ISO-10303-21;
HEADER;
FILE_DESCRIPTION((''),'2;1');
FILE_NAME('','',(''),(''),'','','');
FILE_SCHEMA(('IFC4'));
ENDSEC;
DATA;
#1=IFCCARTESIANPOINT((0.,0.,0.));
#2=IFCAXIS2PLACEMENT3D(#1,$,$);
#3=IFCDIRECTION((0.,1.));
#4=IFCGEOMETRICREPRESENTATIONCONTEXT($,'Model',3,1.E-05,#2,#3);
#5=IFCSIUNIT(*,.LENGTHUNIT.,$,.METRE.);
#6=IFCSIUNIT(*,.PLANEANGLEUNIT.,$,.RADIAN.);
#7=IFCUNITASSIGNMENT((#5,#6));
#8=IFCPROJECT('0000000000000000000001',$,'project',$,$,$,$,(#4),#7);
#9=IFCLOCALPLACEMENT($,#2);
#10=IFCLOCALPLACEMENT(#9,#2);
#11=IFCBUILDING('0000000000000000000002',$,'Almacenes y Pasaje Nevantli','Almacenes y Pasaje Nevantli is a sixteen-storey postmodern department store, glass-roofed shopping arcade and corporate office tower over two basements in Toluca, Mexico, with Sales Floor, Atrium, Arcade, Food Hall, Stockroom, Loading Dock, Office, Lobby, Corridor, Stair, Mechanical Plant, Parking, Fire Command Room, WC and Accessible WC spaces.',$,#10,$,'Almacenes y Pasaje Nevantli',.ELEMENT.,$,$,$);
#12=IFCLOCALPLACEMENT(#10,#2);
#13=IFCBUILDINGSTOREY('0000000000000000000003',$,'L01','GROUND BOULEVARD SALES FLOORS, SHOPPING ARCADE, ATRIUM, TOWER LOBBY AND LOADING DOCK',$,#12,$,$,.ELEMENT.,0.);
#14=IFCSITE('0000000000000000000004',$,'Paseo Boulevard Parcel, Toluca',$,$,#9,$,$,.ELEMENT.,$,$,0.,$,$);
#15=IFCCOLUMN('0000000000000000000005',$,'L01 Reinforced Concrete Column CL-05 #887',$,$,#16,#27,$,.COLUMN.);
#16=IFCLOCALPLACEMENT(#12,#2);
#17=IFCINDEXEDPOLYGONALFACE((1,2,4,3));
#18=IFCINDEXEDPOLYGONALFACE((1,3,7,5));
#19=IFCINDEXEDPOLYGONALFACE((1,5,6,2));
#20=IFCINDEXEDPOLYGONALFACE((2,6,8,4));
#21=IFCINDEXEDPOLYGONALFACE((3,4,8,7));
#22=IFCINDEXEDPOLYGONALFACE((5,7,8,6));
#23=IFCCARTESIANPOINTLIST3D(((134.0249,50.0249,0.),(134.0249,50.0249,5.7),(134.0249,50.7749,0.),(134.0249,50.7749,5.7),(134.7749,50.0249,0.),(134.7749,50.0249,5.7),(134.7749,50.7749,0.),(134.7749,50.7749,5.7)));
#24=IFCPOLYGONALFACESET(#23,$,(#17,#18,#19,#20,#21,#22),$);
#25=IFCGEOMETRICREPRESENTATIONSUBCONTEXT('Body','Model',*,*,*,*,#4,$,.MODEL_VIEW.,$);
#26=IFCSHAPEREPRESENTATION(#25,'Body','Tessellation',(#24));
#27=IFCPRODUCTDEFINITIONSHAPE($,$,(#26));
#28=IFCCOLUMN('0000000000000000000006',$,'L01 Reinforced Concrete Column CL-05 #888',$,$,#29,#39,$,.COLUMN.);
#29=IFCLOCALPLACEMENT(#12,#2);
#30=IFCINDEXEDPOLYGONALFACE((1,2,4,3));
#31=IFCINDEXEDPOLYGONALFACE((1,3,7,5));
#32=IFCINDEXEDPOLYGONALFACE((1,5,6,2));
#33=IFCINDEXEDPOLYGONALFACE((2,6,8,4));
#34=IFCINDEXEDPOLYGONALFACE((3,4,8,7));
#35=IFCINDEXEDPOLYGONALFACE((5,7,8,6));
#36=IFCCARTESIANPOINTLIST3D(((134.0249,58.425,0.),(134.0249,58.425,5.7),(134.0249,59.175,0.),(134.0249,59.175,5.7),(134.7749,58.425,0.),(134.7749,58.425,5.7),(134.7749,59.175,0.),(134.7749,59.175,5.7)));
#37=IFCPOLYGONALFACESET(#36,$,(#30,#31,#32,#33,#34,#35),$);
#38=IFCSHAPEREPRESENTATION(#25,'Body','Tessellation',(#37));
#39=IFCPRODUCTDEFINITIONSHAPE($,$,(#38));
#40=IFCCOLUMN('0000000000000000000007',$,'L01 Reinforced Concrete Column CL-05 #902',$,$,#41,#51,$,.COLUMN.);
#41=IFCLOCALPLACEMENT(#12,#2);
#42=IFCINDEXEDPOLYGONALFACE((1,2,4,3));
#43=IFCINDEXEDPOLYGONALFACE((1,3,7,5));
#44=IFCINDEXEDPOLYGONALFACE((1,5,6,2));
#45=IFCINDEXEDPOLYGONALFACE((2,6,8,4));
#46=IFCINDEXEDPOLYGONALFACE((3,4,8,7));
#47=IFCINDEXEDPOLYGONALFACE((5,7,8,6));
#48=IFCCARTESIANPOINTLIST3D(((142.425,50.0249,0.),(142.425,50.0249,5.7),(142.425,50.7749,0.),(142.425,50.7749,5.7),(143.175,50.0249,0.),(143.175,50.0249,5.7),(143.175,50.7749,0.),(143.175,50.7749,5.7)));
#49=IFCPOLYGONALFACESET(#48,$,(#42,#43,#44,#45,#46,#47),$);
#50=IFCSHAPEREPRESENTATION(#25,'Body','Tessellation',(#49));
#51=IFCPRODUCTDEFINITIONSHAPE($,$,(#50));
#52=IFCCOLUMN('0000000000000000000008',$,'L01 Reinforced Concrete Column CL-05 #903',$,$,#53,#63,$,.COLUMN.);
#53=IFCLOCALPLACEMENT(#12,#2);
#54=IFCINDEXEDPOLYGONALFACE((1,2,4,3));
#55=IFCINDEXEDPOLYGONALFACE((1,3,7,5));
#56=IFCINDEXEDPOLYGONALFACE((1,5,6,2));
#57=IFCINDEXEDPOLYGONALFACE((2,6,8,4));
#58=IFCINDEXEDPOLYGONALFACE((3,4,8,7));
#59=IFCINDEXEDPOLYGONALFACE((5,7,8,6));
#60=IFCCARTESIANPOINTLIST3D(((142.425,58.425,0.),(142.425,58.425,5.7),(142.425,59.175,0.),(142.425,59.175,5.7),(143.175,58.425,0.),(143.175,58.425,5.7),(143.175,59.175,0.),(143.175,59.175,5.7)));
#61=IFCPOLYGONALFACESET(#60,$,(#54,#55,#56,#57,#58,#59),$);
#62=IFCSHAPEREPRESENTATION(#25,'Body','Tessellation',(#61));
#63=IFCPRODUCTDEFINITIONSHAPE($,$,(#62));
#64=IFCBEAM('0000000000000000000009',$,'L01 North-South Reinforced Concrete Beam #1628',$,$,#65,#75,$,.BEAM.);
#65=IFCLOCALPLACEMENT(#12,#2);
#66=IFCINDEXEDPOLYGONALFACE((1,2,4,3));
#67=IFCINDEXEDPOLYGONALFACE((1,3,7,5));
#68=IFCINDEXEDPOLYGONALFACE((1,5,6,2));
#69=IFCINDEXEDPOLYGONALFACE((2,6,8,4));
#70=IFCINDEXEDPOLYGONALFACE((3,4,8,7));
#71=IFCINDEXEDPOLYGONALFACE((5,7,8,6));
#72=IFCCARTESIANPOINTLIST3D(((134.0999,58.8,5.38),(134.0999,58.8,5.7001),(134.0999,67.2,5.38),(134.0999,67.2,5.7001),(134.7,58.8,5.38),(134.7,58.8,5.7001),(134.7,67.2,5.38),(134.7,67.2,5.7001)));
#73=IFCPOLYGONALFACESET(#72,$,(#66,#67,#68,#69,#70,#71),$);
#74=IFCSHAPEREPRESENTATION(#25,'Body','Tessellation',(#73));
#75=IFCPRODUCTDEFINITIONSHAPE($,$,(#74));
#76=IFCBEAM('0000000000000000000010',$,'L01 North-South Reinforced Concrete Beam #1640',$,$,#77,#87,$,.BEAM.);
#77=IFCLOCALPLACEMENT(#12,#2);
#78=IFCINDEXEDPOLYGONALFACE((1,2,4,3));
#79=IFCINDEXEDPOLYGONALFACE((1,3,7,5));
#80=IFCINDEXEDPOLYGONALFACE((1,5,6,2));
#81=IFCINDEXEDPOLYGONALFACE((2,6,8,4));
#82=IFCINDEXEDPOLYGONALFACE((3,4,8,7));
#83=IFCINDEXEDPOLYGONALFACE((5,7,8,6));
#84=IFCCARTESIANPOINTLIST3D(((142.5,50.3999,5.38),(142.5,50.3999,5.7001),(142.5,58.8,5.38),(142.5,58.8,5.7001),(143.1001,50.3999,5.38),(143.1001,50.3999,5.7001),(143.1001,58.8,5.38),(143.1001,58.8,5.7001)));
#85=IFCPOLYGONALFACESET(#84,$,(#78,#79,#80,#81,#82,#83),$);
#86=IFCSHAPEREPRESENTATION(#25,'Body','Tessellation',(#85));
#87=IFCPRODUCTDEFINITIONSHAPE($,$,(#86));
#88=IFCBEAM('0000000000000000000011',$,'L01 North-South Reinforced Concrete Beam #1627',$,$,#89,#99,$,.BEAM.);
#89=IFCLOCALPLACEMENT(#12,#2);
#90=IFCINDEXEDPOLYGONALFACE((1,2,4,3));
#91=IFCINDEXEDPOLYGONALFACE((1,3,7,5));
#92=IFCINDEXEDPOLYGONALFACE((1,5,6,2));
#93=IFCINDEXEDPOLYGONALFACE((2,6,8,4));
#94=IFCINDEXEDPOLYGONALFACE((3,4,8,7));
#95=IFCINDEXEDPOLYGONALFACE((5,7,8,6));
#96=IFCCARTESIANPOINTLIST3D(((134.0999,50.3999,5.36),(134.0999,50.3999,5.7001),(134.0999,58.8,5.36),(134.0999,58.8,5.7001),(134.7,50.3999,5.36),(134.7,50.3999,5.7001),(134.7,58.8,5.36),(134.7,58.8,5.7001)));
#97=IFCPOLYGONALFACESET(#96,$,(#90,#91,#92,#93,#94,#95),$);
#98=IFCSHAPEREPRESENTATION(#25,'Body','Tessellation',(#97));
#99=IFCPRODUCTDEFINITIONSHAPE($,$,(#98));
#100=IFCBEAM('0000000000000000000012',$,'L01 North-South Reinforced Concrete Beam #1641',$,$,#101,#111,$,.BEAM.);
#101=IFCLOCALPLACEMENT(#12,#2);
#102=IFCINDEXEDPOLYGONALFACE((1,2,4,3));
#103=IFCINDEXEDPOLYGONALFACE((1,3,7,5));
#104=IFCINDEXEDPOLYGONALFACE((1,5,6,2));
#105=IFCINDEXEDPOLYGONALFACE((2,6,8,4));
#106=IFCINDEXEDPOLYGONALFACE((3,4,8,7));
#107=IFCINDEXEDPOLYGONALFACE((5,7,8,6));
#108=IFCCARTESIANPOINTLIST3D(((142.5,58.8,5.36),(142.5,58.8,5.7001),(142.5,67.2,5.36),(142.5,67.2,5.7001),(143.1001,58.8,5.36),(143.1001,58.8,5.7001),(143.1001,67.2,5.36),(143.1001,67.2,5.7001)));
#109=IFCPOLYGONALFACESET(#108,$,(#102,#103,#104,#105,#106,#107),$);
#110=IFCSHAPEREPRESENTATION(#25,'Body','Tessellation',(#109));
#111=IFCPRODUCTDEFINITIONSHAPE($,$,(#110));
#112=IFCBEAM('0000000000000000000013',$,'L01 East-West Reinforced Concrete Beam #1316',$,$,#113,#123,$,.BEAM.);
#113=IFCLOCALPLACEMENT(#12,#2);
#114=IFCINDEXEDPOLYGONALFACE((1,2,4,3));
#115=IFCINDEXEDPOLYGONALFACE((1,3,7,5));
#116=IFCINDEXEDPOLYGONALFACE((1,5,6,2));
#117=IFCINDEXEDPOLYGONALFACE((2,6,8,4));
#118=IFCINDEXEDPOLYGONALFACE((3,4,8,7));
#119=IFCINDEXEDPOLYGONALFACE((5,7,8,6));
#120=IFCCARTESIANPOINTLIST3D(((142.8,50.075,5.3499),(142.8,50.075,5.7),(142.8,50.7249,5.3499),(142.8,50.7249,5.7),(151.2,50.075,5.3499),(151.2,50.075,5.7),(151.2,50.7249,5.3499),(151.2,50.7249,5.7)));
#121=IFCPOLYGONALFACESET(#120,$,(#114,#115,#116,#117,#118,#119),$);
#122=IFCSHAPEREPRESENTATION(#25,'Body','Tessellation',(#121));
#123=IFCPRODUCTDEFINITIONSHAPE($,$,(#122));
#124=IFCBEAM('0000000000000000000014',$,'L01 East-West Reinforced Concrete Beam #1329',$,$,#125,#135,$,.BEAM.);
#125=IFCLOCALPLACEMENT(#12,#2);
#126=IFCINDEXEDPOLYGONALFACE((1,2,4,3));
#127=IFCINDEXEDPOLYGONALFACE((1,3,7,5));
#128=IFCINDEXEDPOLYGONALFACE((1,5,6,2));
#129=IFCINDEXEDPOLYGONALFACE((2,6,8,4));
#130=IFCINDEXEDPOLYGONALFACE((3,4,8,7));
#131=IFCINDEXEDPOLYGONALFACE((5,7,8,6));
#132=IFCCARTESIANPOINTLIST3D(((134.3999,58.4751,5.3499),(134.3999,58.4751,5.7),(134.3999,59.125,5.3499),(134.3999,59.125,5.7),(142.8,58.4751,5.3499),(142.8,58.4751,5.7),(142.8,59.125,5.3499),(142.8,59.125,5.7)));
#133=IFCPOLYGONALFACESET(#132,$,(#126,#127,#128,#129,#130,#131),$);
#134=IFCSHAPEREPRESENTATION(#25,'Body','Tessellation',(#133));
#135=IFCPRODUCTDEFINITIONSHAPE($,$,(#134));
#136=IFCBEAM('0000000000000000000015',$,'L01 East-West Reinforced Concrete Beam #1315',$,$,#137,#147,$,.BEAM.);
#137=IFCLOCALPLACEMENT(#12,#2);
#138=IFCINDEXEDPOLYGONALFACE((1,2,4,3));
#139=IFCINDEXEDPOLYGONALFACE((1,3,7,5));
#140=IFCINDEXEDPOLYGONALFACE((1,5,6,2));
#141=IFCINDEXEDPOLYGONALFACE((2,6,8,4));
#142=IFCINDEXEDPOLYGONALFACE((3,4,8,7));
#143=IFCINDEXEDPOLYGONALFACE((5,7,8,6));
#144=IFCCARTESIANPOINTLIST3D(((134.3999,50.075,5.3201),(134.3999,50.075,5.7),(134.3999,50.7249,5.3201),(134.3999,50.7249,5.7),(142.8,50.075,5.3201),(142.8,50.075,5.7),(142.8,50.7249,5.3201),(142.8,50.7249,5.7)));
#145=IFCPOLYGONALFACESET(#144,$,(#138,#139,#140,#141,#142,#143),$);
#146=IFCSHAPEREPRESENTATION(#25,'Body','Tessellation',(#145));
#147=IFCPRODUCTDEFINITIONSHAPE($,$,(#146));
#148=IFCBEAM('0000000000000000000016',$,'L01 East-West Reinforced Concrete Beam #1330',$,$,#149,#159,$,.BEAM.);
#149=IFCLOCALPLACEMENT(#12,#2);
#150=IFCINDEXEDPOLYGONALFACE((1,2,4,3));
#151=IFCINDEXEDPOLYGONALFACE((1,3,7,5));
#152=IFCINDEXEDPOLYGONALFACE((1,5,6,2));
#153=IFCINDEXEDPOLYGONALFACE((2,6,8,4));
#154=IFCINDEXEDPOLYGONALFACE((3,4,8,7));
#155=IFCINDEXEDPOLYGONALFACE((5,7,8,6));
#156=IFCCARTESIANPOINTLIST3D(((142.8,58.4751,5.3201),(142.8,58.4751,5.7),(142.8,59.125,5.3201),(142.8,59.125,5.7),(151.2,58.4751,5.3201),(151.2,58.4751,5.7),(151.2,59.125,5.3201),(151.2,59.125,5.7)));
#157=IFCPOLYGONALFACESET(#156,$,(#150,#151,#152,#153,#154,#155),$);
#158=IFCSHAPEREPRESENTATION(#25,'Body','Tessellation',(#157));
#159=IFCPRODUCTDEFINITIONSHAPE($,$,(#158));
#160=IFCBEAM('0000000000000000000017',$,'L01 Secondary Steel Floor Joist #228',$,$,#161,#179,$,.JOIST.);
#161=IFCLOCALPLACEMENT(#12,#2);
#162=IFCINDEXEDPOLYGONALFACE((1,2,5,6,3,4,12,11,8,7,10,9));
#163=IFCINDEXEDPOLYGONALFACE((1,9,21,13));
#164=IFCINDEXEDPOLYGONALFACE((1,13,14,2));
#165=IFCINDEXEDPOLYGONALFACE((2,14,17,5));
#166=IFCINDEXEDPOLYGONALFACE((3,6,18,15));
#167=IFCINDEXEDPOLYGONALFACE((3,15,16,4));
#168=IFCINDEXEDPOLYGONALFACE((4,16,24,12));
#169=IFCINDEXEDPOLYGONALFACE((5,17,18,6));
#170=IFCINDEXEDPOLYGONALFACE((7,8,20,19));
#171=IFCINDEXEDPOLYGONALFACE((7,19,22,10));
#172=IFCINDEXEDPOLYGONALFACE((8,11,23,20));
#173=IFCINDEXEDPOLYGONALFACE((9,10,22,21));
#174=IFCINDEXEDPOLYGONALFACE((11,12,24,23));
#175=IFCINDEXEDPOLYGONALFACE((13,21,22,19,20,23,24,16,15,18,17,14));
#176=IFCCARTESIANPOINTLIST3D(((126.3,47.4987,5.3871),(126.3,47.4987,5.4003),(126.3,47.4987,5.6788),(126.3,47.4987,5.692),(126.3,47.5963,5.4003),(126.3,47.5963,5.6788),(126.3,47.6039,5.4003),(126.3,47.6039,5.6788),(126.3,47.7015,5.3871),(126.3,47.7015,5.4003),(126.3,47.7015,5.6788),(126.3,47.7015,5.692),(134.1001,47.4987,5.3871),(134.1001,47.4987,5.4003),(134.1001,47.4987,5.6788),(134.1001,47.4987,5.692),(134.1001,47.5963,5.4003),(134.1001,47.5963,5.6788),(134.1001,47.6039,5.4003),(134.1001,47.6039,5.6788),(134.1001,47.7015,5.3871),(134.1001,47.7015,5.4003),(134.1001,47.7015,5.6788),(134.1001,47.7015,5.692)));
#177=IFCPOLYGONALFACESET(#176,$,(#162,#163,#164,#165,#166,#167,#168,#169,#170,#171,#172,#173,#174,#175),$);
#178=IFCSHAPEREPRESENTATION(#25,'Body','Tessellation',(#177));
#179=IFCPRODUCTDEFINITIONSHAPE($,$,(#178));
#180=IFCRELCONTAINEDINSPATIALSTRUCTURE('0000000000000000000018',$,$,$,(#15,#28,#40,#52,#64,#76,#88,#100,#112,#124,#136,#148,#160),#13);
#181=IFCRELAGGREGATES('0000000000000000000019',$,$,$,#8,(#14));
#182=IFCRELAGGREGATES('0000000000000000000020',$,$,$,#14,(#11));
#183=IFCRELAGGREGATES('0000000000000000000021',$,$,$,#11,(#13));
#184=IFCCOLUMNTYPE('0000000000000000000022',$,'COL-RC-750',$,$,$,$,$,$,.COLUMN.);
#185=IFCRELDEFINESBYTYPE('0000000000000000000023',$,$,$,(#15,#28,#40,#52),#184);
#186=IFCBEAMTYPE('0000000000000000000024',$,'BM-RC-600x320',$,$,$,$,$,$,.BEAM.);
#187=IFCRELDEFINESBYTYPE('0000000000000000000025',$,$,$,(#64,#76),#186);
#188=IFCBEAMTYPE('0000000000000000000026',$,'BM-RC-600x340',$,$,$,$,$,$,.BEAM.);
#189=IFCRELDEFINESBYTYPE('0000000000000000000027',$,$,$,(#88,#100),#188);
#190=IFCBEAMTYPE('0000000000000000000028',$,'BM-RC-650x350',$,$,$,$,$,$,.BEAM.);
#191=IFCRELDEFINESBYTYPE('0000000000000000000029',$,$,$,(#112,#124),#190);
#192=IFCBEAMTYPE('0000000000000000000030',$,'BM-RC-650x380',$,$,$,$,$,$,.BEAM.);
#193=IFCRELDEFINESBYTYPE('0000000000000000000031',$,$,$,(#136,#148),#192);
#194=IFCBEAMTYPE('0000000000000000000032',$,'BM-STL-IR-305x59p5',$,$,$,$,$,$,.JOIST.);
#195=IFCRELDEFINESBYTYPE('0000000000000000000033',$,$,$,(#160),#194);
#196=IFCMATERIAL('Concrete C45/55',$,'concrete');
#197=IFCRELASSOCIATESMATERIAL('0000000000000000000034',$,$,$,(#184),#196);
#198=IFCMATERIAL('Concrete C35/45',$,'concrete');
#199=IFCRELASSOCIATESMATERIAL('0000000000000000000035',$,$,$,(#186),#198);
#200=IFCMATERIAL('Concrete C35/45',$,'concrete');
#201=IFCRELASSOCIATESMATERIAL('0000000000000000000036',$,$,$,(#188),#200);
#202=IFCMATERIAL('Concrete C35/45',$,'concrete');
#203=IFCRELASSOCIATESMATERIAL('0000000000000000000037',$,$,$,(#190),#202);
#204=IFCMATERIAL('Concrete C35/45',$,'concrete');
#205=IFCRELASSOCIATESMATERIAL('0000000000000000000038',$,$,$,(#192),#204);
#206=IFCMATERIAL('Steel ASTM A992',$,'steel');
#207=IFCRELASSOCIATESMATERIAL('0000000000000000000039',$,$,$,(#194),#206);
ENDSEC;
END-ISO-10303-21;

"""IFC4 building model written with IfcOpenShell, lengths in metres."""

from ifc_helpers import new_model, si_unit, direction, frame, origin, origin_2d, place, context, subcontext, project, spatial, rectangle, i_section, extrude, material, material_profile, profile_set, type_object, element, save


model = new_model("IFC4")

# Units and contexts
model_context = context("Model", 3, precision=1e-05, world=origin(), true_north=direction((0.0, 1.0)))
body_context = subcontext(model_context, "Body", "Model", "MODEL_VIEW")
ifc_project = project(units=[si_unit("LENGTHUNIT", "METRE"), si_unit("PLANEANGLEUNIT", "RADIAN")], contexts=[model_context])

# Site, building, storey
site_placement = place(None, origin())
site = spatial("IfcSite", under=ifc_project, at=site_placement, Name="Paseo Boulevard Parcel, Toluca", CompositionType="ELEMENT", RefElevation=0.0)
building_placement = place(site_placement, origin())
building = spatial("IfcBuilding", under=site, at=building_placement, Name="Almacenes y Pasaje Nevantli", Description="Almacenes y Pasaje Nevantli is a sixteen-storey postmodern department store, glass-roofed shopping arcade and corporate office tower over two basements in Toluca, Mexico, with Sales Floor, Atrium, Arcade, Food Hall, Stockroom, Loading Dock, Office, Lobby, Corridor, Stair, Mechanical Plant, Parking, Fire Command Room, WC and Accessible WC spaces.", LongName="Almacenes y Pasaje Nevantli", CompositionType="ELEMENT")
storey_placement = place(building_placement, origin())
storey = spatial("IfcBuildingStorey", under=building, at=storey_placement, Name="L01", Description="GROUND BOULEVARD SALES FLOORS, SHOPPING ARCADE, ATRIUM, TOWER LOBBY AND LOADING DOCK", CompositionType="ELEMENT", Elevation=0.0)

# Columns
ifc_material_1 = material(Name="Concrete C45/55", Category="concrete")
ifc_material_profile_1 = material_profile(ifc_material_1, rectangle(XDim=0.75, YDim=0.75, at=origin_2d()), Name="RC-COL-750x750")
ifc_profile_set_1 = profile_set([ifc_material_profile_1], Name="Concrete C45/55")
column_type = type_object("IfcColumnType", Name="COL-RC-750", PredefinedType="COLUMN", material=ifc_profile_set_1)
for number, where, z_axis, x_axis, name in (
    (1, (134.3999, 50.3999, 0.0), (0.0, 0.0, 1.0), (1.0, 0.0, 0.0), "L01 Reinforced Concrete Column CL-05 #887"),
    (2, (134.3999, 58.8, 0.0), (0.0, 0.0, 1.0), (1.0, 0.0, 0.0), "L01 Reinforced Concrete Column CL-05 #888"),
    (3, (142.8, 50.3999, 0.0), (0.0, 0.0, 1.0), (1.0, 0.0, 0.0), "L01 Reinforced Concrete Column CL-05 #902"),
    (4, (142.8, 58.8, 0.0), (0.0, 0.0, 1.0), (1.0, 0.0, 0.0), "L01 Reinforced Concrete Column CL-05 #903"),
):
    element("IfcColumn", number, at=place(storey_placement, frame(where, z_axis=z_axis, x_axis=x_axis)), inside=storey, type_object=column_type, Name=name, PredefinedType="COLUMN", context=body_context, shape_type="SweptSolid", body=[
        extrude(rectangle(XDim=0.75, YDim=0.75, at=origin_2d()), origin(), (0.0, 0.0, 1.0), 5.7),
    ])

# Beams
ifc_material_2 = material(Name="Concrete C35/45", Category="concrete")
ifc_material_profile_2 = material_profile(ifc_material_2, rectangle(XDim=0.6001, YDim=0.3201, at=origin_2d()), Name="RC-BM-600x320")
ifc_profile_set_2 = profile_set([ifc_material_profile_2], Name="Concrete C35/45")
beam_type_1 = type_object("IfcBeamType", Name="BM-RC-600x320", PredefinedType="BEAM", material=ifc_profile_set_2)
beam_1_placement = place(storey_placement, frame((134.3999, 58.8, 5.54), z_axis=(0.0, 1.0, 0.0), x_axis=(-1.0, 0.0, 0.0)))
element("IfcBeam", 5, at=beam_1_placement, inside=storey, type_object=beam_type_1, Name="L01 North-South Reinforced Concrete Beam #1628", PredefinedType="BEAM", context=body_context, shape_type="SweptSolid", body=[
    extrude(rectangle(XDim=0.6001, YDim=0.3201, at=origin_2d()), origin(), (0.0, 0.0, 1.0), 8.3999),
])
beam_2_placement = place(storey_placement, frame((142.8, 50.3999, 5.54), z_axis=(0.0, 1.0, 0.0), x_axis=(-1.0, 0.0, 0.0)))
element("IfcBeam", 6, at=beam_2_placement, inside=storey, type_object=beam_type_1, Name="L01 North-South Reinforced Concrete Beam #1640", PredefinedType="BEAM", context=body_context, shape_type="SweptSolid", body=[
    extrude(rectangle(XDim=0.6001, YDim=0.3201, at=origin_2d()), origin(), (0.0, 0.0, 1.0), 8.4001),
])
ifc_material_3 = material(Name="Concrete C35/45", Category="concrete")
ifc_material_profile_3 = material_profile(ifc_material_3, rectangle(XDim=0.6001, YDim=0.3401, at=origin_2d()), Name="RC-BM-600x340")
ifc_profile_set_3 = profile_set([ifc_material_profile_3], Name="Concrete C35/45")
beam_type_2 = type_object("IfcBeamType", Name="BM-RC-600x340", PredefinedType="BEAM", material=ifc_profile_set_3)
beam_3_placement = place(storey_placement, frame((134.3999, 50.3999, 5.53), z_axis=(0.0, 1.0, 0.0), x_axis=(-1.0, 0.0, 0.0)))
element("IfcBeam", 7, at=beam_3_placement, inside=storey, type_object=beam_type_2, Name="L01 North-South Reinforced Concrete Beam #1627", PredefinedType="BEAM", context=body_context, shape_type="SweptSolid", body=[
    extrude(rectangle(XDim=0.6001, YDim=0.3401, at=origin_2d()), origin(), (0.0, 0.0, 1.0), 8.4001),
])
beam_4_placement = place(storey_placement, frame((142.8, 58.8, 5.53), z_axis=(0.0, 1.0, 0.0), x_axis=(-1.0, 0.0, 0.0)))
element("IfcBeam", 8, at=beam_4_placement, inside=storey, type_object=beam_type_2, Name="L01 North-South Reinforced Concrete Beam #1641", PredefinedType="BEAM", context=body_context, shape_type="SweptSolid", body=[
    extrude(rectangle(XDim=0.6001, YDim=0.3401, at=origin_2d()), origin(), (0.0, 0.0, 1.0), 8.3999),
])
ifc_material_4 = material(Name="Concrete C35/45", Category="concrete")
ifc_material_profile_4 = material_profile(ifc_material_4, rectangle(XDim=0.6499, YDim=0.3501, at=origin_2d()), Name="RC-BM-650x350")
ifc_profile_set_4 = profile_set([ifc_material_profile_4], Name="Concrete C35/45")
beam_type_3 = type_object("IfcBeamType", Name="BM-RC-650x350", PredefinedType="BEAM", material=ifc_profile_set_4)
beam_5_placement = place(storey_placement, frame((142.8, 50.3999, 5.5249), z_axis=(1.0, 0.0, 0.0), x_axis=(0.0, 1.0, 0.0)))
element("IfcBeam", 9, at=beam_5_placement, inside=storey, type_object=beam_type_3, Name="L01 East-West Reinforced Concrete Beam #1316", PredefinedType="BEAM", context=body_context, shape_type="SweptSolid", body=[
    extrude(rectangle(XDim=0.6499, YDim=0.3501, at=origin_2d()), origin(), (0.0, 0.0, 1.0), 8.3999),
])
beam_6_placement = place(storey_placement, frame((134.3999, 58.8, 5.5249), z_axis=(1.0, 0.0, 0.0), x_axis=(0.0, 1.0, 0.0)))
element("IfcBeam", 10, at=beam_6_placement, inside=storey, type_object=beam_type_3, Name="L01 East-West Reinforced Concrete Beam #1329", PredefinedType="BEAM", context=body_context, shape_type="SweptSolid", body=[
    extrude(rectangle(XDim=0.6499, YDim=0.3501, at=origin_2d()), origin(), (0.0, 0.0, 1.0), 8.4001),
])
ifc_material_5 = material(Name="Concrete C35/45", Category="concrete")
ifc_material_profile_5 = material_profile(ifc_material_5, rectangle(XDim=0.6499, YDim=0.3799, at=origin_2d()), Name="RC-BM-650x380")
ifc_profile_set_5 = profile_set([ifc_material_profile_5], Name="Concrete C35/45")
beam_type_4 = type_object("IfcBeamType", Name="BM-RC-650x380", PredefinedType="BEAM", material=ifc_profile_set_5)
beam_7_placement = place(storey_placement, frame((134.3999, 50.3999, 5.51), z_axis=(1.0, 0.0, 0.0), x_axis=(0.0, 1.0, 0.0)))
element("IfcBeam", 11, at=beam_7_placement, inside=storey, type_object=beam_type_4, Name="L01 East-West Reinforced Concrete Beam #1315", PredefinedType="BEAM", context=body_context, shape_type="SweptSolid", body=[
    extrude(rectangle(XDim=0.6499, YDim=0.3799, at=origin_2d()), origin(), (0.0, 0.0, 1.0), 8.4001),
])
beam_8_placement = place(storey_placement, frame((142.8, 58.8, 5.51), z_axis=(1.0, 0.0, 0.0), x_axis=(0.0, 1.0, 0.0)))
element("IfcBeam", 12, at=beam_8_placement, inside=storey, type_object=beam_type_4, Name="L01 East-West Reinforced Concrete Beam #1330", PredefinedType="BEAM", context=body_context, shape_type="SweptSolid", body=[
    extrude(rectangle(XDim=0.6499, YDim=0.3799, at=origin_2d()), origin(), (0.0, 0.0, 1.0), 8.3999),
])
ifc_material_6 = material(Name="Steel ASTM A992", Category="steel")
ifc_material_profile_6 = material_profile(ifc_material_6, i_section(OverallWidth=0.2029, OverallDepth=0.3049, WebThickness=0.0076, FlangeThickness=0.0132, at=origin_2d()), Name="IR 305x59.5")
ifc_profile_set_6 = profile_set([ifc_material_profile_6], Name="Steel ASTM A992")
beam_type_5 = type_object("IfcBeamType", Name="BM-STL-IR-305x59p5", PredefinedType="JOIST", material=ifc_profile_set_6)
beam_9_placement = place(storey_placement, frame((126.3, 47.6001, 5.5396), z_axis=(1.0, 0.0, 0.0), x_axis=(0.0, 1.0, 0.0)))
element("IfcBeam", 13, at=beam_9_placement, inside=storey, type_object=beam_type_5, Name="L01 Secondary Steel Floor Joist #228", PredefinedType="JOIST", context=body_context, shape_type="SweptSolid", body=[
    extrude(i_section(OverallWidth=0.2029, OverallDepth=0.3049, WebThickness=0.0076, FlangeThickness=0.0132, at=origin_2d()), origin(), (0.0, 0.0, 1.0), 7.8),
])

save(model, "model.ifc")
